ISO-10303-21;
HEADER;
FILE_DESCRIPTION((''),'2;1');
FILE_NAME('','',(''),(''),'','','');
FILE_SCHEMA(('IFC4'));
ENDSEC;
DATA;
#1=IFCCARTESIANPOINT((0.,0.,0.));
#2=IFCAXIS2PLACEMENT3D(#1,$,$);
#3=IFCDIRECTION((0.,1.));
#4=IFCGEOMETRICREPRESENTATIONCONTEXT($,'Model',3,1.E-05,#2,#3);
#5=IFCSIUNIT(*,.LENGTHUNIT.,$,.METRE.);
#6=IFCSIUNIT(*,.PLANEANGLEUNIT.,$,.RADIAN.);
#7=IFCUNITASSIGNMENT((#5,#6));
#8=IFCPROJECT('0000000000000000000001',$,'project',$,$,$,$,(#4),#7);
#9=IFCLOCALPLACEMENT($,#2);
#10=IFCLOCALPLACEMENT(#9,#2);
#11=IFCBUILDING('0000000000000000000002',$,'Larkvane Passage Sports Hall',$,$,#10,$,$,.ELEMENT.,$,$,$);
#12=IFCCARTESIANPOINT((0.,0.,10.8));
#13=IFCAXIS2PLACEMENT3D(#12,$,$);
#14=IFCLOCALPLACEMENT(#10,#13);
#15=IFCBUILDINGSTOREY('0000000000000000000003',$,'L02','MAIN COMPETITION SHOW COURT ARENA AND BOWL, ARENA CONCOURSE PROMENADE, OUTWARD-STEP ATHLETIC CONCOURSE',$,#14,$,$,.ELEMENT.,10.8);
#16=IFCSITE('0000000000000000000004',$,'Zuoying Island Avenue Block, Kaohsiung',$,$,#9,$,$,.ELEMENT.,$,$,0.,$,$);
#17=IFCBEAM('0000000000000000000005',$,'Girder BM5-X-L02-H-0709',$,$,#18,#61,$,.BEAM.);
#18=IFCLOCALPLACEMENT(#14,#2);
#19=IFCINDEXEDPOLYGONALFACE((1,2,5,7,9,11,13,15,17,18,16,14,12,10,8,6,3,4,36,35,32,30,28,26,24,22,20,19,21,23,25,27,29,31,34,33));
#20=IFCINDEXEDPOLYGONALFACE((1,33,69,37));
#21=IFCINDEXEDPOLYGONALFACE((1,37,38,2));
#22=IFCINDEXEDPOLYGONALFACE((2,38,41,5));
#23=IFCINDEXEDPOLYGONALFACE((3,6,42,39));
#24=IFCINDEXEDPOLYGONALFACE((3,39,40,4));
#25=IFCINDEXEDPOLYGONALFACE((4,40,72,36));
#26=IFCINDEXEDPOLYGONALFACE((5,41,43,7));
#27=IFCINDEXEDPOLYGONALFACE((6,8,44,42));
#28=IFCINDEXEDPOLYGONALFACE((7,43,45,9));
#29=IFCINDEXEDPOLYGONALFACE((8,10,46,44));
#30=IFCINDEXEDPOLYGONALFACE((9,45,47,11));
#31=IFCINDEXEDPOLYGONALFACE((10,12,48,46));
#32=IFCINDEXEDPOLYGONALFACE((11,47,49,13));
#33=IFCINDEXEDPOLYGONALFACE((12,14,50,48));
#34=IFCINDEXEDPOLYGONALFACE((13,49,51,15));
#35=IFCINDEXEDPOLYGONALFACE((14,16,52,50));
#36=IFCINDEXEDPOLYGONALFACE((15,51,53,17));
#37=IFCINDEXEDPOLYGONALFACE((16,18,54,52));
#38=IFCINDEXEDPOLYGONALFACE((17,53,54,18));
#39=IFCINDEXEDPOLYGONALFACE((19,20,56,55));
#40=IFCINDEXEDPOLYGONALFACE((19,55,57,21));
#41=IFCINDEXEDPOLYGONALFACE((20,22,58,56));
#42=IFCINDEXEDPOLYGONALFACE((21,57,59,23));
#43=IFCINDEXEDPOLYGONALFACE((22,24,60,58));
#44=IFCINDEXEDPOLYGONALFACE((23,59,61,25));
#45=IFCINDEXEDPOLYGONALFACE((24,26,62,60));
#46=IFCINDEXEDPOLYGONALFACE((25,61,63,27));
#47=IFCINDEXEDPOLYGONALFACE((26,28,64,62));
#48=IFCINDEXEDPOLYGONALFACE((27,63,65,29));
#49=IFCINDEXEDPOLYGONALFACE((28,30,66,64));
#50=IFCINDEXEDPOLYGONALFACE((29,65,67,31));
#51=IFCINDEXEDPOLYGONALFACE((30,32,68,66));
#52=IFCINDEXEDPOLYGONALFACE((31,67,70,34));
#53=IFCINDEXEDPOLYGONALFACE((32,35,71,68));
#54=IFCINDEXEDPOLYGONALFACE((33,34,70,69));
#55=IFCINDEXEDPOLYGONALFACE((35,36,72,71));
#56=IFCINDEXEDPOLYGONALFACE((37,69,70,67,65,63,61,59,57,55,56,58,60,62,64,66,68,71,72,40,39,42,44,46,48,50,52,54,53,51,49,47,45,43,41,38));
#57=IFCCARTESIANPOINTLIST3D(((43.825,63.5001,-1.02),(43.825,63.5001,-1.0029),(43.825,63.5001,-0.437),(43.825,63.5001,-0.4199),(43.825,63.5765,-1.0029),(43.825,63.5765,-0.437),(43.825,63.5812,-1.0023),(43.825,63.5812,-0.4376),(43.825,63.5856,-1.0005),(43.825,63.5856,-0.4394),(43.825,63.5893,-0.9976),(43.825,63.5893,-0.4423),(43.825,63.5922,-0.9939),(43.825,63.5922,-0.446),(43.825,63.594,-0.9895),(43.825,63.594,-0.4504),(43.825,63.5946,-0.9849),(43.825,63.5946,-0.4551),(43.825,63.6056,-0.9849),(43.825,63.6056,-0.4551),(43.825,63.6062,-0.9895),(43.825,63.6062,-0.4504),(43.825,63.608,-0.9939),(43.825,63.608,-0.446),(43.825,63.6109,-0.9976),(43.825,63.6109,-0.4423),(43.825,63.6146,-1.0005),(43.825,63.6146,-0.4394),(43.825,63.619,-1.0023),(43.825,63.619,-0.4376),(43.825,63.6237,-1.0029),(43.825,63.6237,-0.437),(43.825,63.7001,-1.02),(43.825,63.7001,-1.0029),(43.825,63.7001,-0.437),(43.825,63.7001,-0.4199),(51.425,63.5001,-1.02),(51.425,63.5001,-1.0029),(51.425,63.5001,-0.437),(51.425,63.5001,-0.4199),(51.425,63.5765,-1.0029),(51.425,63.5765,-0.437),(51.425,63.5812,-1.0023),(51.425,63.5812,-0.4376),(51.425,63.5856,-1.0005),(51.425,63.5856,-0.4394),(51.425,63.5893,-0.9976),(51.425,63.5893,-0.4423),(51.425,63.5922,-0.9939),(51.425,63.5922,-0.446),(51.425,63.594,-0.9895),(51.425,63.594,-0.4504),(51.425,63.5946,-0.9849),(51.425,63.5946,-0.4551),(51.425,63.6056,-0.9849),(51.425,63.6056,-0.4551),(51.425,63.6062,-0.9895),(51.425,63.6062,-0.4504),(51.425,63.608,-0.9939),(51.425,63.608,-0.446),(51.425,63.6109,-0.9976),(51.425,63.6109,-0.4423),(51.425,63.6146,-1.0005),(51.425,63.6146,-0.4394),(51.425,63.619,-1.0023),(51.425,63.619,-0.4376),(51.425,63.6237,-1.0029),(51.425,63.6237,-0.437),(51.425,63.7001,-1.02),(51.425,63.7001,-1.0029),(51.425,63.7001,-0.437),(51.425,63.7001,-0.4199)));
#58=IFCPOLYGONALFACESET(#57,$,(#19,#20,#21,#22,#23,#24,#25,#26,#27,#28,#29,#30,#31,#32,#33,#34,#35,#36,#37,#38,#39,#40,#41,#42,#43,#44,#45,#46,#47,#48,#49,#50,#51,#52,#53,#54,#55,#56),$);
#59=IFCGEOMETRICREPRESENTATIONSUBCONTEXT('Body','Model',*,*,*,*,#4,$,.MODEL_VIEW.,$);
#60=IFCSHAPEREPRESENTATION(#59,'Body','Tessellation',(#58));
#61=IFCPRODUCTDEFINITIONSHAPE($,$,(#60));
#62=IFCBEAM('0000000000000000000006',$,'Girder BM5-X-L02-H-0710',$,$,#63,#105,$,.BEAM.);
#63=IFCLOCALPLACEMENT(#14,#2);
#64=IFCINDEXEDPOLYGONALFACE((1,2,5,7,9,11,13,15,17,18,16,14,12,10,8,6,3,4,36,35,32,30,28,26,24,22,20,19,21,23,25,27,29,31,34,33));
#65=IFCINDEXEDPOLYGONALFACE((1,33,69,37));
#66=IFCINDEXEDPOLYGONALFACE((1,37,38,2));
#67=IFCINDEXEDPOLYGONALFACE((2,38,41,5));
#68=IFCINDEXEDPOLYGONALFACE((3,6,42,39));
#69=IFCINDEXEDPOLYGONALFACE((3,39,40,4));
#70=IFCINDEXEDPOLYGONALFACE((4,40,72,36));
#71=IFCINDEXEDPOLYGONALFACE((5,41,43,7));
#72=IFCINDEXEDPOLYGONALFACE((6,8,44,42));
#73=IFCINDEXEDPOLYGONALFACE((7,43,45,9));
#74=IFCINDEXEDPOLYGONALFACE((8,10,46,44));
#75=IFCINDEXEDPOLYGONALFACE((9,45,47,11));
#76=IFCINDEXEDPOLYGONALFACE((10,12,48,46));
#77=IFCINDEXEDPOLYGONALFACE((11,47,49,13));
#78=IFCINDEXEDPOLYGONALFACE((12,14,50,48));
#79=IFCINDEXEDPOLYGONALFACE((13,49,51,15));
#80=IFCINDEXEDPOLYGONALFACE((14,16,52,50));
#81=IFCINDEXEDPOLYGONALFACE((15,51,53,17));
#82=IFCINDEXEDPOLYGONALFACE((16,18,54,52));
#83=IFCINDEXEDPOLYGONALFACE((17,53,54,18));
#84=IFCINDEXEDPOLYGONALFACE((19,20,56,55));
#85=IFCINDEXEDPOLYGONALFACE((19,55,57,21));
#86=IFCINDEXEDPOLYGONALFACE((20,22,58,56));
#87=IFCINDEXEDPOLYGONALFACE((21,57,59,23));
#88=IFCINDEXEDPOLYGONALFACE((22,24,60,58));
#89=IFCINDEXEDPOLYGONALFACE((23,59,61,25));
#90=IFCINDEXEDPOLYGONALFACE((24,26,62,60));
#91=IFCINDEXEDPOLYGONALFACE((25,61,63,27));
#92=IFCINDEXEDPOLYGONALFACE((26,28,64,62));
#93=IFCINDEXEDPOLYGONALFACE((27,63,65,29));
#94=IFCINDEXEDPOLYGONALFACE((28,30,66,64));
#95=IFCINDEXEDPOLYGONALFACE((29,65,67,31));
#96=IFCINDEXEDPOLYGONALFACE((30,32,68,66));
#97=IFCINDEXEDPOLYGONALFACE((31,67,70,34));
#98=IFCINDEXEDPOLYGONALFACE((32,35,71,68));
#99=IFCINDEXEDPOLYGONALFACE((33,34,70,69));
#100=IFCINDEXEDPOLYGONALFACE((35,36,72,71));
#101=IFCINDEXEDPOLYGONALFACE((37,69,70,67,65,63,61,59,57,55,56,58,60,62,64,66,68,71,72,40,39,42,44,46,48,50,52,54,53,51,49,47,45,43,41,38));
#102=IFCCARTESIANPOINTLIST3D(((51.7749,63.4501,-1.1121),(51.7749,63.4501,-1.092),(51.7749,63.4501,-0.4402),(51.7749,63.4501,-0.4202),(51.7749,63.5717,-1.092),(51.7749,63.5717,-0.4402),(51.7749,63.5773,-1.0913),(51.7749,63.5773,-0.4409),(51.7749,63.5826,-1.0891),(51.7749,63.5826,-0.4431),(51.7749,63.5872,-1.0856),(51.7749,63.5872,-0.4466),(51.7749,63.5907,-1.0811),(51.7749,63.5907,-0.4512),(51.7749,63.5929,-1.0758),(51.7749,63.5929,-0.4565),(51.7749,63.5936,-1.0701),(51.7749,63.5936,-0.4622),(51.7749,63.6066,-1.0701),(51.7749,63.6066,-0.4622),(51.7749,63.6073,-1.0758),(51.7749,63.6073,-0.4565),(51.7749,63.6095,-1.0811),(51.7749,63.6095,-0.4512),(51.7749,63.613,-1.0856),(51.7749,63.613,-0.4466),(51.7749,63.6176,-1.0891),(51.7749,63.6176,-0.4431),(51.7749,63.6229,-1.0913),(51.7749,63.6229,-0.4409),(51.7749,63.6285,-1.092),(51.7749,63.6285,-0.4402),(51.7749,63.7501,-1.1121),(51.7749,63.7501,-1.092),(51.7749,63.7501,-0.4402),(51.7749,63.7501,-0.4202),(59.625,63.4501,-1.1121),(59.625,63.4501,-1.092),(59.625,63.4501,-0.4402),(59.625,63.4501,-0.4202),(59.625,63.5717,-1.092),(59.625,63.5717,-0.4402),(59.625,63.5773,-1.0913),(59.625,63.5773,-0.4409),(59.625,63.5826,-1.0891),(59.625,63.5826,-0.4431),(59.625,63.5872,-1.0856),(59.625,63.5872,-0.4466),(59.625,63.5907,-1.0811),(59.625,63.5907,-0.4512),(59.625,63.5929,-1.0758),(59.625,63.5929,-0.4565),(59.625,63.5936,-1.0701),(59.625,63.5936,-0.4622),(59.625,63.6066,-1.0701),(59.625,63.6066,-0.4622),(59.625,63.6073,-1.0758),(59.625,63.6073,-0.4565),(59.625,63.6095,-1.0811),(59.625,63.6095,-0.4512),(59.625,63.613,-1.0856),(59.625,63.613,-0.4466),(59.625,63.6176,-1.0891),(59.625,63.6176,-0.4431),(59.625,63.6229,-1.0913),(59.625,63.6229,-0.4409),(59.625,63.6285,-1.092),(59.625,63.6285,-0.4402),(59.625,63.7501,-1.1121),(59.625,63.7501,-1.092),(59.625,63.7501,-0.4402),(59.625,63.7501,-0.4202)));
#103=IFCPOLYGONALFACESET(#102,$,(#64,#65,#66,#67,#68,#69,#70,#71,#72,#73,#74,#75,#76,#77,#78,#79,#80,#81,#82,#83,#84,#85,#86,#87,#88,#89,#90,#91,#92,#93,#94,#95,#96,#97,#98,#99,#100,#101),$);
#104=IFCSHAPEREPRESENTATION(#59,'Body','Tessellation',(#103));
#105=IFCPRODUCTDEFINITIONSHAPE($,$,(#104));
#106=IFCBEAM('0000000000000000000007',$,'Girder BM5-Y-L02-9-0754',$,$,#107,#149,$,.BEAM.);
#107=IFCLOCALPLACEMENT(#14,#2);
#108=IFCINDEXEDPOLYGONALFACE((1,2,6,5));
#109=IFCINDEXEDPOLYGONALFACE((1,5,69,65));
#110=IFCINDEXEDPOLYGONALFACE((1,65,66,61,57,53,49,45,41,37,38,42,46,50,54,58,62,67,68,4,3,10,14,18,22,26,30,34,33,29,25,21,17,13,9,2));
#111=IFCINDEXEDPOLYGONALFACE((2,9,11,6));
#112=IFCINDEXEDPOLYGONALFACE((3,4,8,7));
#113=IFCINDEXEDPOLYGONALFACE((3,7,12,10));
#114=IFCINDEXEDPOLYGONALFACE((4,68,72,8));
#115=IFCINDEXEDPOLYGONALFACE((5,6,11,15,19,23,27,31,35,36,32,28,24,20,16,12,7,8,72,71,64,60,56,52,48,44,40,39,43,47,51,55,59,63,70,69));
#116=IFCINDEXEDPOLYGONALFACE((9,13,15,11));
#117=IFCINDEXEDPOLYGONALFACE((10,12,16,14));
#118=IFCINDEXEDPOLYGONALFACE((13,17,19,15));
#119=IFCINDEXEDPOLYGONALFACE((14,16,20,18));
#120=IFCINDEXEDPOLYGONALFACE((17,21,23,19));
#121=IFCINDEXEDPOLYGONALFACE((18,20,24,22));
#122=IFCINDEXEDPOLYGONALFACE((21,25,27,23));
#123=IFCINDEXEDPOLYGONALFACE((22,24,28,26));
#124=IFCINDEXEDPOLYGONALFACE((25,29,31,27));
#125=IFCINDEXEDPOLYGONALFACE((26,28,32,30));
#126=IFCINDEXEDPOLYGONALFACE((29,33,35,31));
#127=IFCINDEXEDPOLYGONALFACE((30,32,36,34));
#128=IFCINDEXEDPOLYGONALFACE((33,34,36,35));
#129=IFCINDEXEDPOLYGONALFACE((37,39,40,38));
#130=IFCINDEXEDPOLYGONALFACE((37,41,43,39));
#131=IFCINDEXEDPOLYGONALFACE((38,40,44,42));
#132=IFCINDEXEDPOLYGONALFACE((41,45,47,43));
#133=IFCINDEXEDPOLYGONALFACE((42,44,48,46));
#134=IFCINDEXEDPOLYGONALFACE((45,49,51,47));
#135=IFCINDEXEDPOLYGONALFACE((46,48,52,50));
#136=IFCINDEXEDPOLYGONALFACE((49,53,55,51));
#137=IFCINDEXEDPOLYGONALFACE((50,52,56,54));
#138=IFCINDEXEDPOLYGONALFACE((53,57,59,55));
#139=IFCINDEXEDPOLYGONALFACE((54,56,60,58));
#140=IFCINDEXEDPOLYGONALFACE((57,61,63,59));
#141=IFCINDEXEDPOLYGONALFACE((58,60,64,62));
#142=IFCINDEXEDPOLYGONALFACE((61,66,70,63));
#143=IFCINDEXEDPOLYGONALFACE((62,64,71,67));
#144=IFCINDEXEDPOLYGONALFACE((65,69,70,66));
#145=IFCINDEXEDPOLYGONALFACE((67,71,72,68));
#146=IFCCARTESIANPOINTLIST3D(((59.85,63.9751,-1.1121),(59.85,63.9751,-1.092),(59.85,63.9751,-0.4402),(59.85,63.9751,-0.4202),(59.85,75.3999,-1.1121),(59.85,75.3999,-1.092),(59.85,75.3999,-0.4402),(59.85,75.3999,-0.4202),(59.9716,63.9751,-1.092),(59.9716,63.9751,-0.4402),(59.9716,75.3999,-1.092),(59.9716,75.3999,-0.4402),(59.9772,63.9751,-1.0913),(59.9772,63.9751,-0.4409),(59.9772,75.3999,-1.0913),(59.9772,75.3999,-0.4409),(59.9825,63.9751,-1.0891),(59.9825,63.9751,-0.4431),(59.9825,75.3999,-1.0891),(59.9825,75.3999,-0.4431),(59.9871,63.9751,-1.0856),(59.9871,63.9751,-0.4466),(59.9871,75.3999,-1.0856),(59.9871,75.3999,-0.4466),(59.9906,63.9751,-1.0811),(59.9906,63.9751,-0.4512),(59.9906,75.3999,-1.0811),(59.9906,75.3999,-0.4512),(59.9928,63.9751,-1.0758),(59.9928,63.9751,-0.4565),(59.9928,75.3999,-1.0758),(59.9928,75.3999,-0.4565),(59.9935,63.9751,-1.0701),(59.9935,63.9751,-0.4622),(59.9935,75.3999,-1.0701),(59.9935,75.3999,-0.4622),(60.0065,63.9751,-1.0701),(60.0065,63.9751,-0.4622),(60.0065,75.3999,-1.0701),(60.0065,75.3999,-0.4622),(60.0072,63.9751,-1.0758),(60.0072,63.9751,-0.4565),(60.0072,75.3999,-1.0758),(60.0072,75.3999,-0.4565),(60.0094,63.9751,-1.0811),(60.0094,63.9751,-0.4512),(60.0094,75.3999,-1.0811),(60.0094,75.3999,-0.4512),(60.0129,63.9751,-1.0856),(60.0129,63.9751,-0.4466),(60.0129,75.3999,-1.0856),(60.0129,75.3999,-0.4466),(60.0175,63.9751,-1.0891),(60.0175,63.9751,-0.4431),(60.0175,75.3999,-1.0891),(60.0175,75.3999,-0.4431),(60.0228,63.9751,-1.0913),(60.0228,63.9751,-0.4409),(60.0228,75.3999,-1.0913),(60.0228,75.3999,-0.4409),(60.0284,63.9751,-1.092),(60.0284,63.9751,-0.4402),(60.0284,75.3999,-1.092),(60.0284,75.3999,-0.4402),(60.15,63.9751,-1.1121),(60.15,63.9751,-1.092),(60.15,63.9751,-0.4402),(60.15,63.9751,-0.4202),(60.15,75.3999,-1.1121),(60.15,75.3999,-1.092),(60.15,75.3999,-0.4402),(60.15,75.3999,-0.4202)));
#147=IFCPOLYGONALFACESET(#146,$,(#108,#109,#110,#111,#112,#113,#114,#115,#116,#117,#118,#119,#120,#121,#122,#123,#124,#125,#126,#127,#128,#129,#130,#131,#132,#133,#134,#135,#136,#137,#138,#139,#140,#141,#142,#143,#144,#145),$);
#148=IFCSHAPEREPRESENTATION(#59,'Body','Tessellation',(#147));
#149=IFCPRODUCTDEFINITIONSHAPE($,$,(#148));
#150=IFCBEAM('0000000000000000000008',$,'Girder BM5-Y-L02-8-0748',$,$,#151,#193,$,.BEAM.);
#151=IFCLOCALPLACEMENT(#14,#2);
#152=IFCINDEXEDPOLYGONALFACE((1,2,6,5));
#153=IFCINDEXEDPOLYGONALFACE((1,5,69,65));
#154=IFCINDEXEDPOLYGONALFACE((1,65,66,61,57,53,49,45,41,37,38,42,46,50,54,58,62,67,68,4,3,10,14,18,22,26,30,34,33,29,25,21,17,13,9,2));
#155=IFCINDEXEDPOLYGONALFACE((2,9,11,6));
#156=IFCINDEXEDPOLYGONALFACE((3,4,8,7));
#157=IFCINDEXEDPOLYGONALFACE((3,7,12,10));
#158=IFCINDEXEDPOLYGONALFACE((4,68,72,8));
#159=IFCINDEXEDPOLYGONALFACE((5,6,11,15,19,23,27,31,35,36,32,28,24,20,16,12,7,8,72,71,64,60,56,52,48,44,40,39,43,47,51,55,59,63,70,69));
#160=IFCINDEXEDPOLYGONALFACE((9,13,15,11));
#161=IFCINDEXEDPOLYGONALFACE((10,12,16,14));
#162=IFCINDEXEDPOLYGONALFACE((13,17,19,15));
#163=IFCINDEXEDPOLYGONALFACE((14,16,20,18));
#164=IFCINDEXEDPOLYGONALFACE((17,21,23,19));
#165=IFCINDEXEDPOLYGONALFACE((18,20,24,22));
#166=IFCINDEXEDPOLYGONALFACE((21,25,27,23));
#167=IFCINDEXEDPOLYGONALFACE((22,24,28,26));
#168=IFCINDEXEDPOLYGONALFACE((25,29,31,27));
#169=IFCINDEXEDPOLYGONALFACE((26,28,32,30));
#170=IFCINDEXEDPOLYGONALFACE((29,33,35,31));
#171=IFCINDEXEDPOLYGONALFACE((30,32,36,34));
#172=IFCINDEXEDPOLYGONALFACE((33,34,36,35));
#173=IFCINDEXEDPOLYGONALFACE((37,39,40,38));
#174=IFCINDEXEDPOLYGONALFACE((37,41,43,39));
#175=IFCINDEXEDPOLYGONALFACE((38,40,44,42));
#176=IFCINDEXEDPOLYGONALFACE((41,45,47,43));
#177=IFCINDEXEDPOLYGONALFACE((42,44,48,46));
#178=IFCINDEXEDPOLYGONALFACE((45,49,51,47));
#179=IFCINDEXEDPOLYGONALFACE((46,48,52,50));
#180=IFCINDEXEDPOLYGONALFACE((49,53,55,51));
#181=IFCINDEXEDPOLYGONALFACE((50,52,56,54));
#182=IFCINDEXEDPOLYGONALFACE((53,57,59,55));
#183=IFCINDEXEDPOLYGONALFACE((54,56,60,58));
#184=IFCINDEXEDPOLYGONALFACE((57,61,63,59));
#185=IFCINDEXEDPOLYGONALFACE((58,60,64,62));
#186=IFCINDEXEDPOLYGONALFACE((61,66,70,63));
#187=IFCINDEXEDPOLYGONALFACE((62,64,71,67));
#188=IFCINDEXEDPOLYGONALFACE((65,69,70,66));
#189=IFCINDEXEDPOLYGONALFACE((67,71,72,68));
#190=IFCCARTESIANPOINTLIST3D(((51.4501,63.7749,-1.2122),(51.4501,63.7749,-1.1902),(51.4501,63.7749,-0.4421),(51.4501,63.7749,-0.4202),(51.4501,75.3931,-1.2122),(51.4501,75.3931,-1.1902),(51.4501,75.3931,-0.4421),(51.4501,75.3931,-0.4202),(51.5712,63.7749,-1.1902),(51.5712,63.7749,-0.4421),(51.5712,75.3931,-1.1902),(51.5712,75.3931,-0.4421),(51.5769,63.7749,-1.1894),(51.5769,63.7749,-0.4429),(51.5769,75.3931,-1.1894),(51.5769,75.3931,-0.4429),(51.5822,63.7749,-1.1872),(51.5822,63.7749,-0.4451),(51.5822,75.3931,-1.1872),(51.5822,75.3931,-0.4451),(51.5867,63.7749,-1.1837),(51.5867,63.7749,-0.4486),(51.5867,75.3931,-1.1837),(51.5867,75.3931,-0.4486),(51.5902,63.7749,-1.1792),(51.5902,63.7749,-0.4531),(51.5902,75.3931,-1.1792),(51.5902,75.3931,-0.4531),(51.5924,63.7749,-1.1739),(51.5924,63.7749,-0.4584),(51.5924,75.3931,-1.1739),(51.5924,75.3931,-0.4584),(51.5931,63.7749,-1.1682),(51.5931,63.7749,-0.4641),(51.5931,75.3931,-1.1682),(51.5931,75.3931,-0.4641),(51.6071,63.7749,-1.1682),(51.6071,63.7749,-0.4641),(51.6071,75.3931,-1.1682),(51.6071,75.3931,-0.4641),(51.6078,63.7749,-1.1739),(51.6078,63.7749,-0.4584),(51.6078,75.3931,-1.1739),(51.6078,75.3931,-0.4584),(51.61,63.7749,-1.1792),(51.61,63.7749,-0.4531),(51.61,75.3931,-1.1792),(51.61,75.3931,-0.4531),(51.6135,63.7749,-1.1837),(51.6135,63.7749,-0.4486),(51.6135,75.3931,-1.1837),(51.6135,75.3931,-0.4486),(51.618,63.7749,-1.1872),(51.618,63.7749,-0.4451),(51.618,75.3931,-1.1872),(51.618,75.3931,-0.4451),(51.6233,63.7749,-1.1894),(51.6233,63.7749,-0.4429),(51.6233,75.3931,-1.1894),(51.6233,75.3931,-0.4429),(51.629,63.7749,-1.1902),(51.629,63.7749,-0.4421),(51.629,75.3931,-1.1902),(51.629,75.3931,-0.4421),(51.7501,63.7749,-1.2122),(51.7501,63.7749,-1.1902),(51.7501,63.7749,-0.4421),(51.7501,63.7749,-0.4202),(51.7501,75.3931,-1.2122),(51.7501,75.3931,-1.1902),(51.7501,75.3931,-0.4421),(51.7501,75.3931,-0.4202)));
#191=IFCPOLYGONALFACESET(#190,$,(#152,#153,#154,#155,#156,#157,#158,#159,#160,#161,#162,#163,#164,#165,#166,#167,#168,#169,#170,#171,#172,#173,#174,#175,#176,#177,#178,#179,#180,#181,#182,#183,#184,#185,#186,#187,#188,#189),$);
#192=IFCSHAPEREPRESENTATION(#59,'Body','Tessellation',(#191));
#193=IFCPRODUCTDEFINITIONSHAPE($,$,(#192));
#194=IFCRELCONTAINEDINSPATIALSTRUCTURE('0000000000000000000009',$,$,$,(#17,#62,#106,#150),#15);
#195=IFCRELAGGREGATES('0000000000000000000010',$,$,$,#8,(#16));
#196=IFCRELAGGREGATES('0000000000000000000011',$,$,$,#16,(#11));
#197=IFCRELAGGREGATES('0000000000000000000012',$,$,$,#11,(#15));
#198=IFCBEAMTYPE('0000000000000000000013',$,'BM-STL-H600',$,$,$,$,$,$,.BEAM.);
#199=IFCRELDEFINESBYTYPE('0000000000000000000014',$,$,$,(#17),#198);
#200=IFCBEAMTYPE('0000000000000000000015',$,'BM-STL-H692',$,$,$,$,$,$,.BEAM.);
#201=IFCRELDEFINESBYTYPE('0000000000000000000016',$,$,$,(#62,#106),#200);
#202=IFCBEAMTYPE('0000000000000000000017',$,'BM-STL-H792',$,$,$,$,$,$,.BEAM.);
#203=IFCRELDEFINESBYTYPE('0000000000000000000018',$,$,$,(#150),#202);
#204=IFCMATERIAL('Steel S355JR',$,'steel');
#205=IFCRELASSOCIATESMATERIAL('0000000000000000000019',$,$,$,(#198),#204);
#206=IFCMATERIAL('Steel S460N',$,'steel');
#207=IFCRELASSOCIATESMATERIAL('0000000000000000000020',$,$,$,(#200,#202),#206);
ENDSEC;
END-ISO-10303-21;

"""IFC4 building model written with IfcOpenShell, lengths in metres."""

from ifc_helpers import new_model, si_unit, direction, frame, origin, origin_2d, place, context, subcontext, project, spatial, i_section, extrude, material, material_profile, profile_set, type_object, element, save


model = new_model("IFC4")

# Units and contexts
model_context = context("Model", 3, precision=1e-05, world=origin(), true_north=direction((0.0, 1.0)))
body_context = subcontext(model_context, "Body", "Model", "MODEL_VIEW")
ifc_project = project(units=[si_unit("LENGTHUNIT", "METRE"), si_unit("PLANEANGLEUNIT", "RADIAN")], contexts=[model_context])

# Site, building, storey
site_placement = place(None, origin())
site = spatial("IfcSite", under=ifc_project, at=site_placement, Name="Zuoying Island Avenue Block, Kaohsiung", CompositionType="ELEMENT", RefElevation=0.0)
building_placement = place(site_placement, origin())
building = spatial("IfcBuilding", under=site, at=building_placement, Name="Larkvane Passage Sports Hall", CompositionType="ELEMENT")
storey_placement = place(building_placement, frame((0.0, 0.0, 10.8)))
storey = spatial("IfcBuildingStorey", under=building, at=storey_placement, Name="L02", Description="MAIN COMPETITION SHOW COURT ARENA AND BOWL, ARENA CONCOURSE PROMENADE, OUTWARD-STEP ATHLETIC CONCOURSE", CompositionType="ELEMENT", Elevation=10.8)

# Beams
ifc_material_1 = material(Name="Steel S355JR", Category="steel")
ifc_material_profile_1 = material_profile(ifc_material_1, i_section(OverallWidth=0.2, OverallDepth=0.6001, WebThickness=0.011, FlangeThickness=0.0171, FilletRadius=0.0181, at=origin_2d()), Name="H-600x200x11x17")
ifc_profile_set_1 = profile_set([ifc_material_profile_1], Name="Steel S355JR")
beam_type_1 = type_object("IfcBeamType", Name="BM-STL-H600", PredefinedType="BEAM", material=ifc_profile_set_1)
beam_1_placement = place(storey_placement, frame((43.825, 63.6001, -0.72), z_axis=(1.0, 0.0, 0.0), x_axis=(0.0, 1.0, 0.0)))
element("IfcBeam", 1, at=beam_1_placement, inside=storey, type_object=beam_type_1, Name="Girder BM5-X-L02-H-0709", PredefinedType="BEAM", context=body_context, shape_type="SweptSolid", body=[
    extrude(i_section(OverallWidth=0.2, OverallDepth=0.6001, WebThickness=0.011, FlangeThickness=0.0171, FilletRadius=0.0181, at=origin_2d()), origin(), (0.0, 0.0, 1.0), 7.6001),
])
ifc_material_2 = material(Name="Steel S460N", Category="steel")
ifc_material_profile_2 = material_profile(ifc_material_2, i_section(OverallWidth=0.3, OverallDepth=0.6919, WebThickness=0.0129, FlangeThickness=0.02, FilletRadius=0.022, at=origin_2d()), Name="H-692x300x13x20")
ifc_profile_set_2 = profile_set([ifc_material_profile_2], Name="Steel S460N")
beam_type_2 = type_object("IfcBeamType", Name="BM-STL-H692", PredefinedType="BEAM", material=ifc_profile_set_2)
beam_2_placement = place(storey_placement, frame((51.7749, 63.6001, -0.7661), z_axis=(1.0, 0.0, 0.0), x_axis=(0.0, 1.0, 0.0)))
element("IfcBeam", 2, at=beam_2_placement, inside=storey, type_object=beam_type_2, Name="Girder BM5-X-L02-H-0710", PredefinedType="BEAM", context=body_context, shape_type="SweptSolid", body=[
    extrude(i_section(OverallWidth=0.3, OverallDepth=0.6919, WebThickness=0.0129, FlangeThickness=0.02, FilletRadius=0.022, at=origin_2d()), origin(), (0.0, 0.0, 1.0), 7.8501),
])
beam_3_placement = place(storey_placement, frame((60.0, 63.9751, -0.7661), z_axis=(0.0, 1.0, 0.0), x_axis=(-1.0, 0.0, 0.0)))
element("IfcBeam", 3, at=beam_3_placement, inside=storey, type_object=beam_type_2, Name="Girder BM5-Y-L02-9-0754", PredefinedType="BEAM", context=body_context, shape_type="SweptSolid", body=[
    extrude(i_section(OverallWidth=0.3, OverallDepth=0.6919, WebThickness=0.0129, FlangeThickness=0.02, FilletRadius=0.022, at=origin_2d()), origin(), (0.0, 0.0, 1.0), 11.4248),
])
ifc_material_profile_3 = material_profile(ifc_material_2, i_section(OverallWidth=0.3, OverallDepth=0.792, WebThickness=0.0139, FlangeThickness=0.022, FilletRadius=0.022, at=origin_2d()), Name="H-792x300x14x22")
ifc_profile_set_3 = profile_set([ifc_material_profile_3], Name="Steel S460N")
beam_type_3 = type_object("IfcBeamType", Name="BM-STL-H792", PredefinedType="BEAM", material=ifc_profile_set_3)
beam_4_placement = place(storey_placement, frame((51.6001, 63.7749, -0.8162), z_axis=(0.0, 1.0, 0.0), x_axis=(-1.0, 0.0, 0.0)))
element("IfcBeam", 4, at=beam_4_placement, inside=storey, type_object=beam_type_3, Name="Girder BM5-Y-L02-8-0748", PredefinedType="BEAM", context=body_context, shape_type="SweptSolid", body=[
    extrude(i_section(OverallWidth=0.3, OverallDepth=0.792, WebThickness=0.0139, FlangeThickness=0.022, FilletRadius=0.022, at=origin_2d()), origin(), (0.0, 0.0, 1.0), 11.6182),
])

save(model, "model.ifc")
